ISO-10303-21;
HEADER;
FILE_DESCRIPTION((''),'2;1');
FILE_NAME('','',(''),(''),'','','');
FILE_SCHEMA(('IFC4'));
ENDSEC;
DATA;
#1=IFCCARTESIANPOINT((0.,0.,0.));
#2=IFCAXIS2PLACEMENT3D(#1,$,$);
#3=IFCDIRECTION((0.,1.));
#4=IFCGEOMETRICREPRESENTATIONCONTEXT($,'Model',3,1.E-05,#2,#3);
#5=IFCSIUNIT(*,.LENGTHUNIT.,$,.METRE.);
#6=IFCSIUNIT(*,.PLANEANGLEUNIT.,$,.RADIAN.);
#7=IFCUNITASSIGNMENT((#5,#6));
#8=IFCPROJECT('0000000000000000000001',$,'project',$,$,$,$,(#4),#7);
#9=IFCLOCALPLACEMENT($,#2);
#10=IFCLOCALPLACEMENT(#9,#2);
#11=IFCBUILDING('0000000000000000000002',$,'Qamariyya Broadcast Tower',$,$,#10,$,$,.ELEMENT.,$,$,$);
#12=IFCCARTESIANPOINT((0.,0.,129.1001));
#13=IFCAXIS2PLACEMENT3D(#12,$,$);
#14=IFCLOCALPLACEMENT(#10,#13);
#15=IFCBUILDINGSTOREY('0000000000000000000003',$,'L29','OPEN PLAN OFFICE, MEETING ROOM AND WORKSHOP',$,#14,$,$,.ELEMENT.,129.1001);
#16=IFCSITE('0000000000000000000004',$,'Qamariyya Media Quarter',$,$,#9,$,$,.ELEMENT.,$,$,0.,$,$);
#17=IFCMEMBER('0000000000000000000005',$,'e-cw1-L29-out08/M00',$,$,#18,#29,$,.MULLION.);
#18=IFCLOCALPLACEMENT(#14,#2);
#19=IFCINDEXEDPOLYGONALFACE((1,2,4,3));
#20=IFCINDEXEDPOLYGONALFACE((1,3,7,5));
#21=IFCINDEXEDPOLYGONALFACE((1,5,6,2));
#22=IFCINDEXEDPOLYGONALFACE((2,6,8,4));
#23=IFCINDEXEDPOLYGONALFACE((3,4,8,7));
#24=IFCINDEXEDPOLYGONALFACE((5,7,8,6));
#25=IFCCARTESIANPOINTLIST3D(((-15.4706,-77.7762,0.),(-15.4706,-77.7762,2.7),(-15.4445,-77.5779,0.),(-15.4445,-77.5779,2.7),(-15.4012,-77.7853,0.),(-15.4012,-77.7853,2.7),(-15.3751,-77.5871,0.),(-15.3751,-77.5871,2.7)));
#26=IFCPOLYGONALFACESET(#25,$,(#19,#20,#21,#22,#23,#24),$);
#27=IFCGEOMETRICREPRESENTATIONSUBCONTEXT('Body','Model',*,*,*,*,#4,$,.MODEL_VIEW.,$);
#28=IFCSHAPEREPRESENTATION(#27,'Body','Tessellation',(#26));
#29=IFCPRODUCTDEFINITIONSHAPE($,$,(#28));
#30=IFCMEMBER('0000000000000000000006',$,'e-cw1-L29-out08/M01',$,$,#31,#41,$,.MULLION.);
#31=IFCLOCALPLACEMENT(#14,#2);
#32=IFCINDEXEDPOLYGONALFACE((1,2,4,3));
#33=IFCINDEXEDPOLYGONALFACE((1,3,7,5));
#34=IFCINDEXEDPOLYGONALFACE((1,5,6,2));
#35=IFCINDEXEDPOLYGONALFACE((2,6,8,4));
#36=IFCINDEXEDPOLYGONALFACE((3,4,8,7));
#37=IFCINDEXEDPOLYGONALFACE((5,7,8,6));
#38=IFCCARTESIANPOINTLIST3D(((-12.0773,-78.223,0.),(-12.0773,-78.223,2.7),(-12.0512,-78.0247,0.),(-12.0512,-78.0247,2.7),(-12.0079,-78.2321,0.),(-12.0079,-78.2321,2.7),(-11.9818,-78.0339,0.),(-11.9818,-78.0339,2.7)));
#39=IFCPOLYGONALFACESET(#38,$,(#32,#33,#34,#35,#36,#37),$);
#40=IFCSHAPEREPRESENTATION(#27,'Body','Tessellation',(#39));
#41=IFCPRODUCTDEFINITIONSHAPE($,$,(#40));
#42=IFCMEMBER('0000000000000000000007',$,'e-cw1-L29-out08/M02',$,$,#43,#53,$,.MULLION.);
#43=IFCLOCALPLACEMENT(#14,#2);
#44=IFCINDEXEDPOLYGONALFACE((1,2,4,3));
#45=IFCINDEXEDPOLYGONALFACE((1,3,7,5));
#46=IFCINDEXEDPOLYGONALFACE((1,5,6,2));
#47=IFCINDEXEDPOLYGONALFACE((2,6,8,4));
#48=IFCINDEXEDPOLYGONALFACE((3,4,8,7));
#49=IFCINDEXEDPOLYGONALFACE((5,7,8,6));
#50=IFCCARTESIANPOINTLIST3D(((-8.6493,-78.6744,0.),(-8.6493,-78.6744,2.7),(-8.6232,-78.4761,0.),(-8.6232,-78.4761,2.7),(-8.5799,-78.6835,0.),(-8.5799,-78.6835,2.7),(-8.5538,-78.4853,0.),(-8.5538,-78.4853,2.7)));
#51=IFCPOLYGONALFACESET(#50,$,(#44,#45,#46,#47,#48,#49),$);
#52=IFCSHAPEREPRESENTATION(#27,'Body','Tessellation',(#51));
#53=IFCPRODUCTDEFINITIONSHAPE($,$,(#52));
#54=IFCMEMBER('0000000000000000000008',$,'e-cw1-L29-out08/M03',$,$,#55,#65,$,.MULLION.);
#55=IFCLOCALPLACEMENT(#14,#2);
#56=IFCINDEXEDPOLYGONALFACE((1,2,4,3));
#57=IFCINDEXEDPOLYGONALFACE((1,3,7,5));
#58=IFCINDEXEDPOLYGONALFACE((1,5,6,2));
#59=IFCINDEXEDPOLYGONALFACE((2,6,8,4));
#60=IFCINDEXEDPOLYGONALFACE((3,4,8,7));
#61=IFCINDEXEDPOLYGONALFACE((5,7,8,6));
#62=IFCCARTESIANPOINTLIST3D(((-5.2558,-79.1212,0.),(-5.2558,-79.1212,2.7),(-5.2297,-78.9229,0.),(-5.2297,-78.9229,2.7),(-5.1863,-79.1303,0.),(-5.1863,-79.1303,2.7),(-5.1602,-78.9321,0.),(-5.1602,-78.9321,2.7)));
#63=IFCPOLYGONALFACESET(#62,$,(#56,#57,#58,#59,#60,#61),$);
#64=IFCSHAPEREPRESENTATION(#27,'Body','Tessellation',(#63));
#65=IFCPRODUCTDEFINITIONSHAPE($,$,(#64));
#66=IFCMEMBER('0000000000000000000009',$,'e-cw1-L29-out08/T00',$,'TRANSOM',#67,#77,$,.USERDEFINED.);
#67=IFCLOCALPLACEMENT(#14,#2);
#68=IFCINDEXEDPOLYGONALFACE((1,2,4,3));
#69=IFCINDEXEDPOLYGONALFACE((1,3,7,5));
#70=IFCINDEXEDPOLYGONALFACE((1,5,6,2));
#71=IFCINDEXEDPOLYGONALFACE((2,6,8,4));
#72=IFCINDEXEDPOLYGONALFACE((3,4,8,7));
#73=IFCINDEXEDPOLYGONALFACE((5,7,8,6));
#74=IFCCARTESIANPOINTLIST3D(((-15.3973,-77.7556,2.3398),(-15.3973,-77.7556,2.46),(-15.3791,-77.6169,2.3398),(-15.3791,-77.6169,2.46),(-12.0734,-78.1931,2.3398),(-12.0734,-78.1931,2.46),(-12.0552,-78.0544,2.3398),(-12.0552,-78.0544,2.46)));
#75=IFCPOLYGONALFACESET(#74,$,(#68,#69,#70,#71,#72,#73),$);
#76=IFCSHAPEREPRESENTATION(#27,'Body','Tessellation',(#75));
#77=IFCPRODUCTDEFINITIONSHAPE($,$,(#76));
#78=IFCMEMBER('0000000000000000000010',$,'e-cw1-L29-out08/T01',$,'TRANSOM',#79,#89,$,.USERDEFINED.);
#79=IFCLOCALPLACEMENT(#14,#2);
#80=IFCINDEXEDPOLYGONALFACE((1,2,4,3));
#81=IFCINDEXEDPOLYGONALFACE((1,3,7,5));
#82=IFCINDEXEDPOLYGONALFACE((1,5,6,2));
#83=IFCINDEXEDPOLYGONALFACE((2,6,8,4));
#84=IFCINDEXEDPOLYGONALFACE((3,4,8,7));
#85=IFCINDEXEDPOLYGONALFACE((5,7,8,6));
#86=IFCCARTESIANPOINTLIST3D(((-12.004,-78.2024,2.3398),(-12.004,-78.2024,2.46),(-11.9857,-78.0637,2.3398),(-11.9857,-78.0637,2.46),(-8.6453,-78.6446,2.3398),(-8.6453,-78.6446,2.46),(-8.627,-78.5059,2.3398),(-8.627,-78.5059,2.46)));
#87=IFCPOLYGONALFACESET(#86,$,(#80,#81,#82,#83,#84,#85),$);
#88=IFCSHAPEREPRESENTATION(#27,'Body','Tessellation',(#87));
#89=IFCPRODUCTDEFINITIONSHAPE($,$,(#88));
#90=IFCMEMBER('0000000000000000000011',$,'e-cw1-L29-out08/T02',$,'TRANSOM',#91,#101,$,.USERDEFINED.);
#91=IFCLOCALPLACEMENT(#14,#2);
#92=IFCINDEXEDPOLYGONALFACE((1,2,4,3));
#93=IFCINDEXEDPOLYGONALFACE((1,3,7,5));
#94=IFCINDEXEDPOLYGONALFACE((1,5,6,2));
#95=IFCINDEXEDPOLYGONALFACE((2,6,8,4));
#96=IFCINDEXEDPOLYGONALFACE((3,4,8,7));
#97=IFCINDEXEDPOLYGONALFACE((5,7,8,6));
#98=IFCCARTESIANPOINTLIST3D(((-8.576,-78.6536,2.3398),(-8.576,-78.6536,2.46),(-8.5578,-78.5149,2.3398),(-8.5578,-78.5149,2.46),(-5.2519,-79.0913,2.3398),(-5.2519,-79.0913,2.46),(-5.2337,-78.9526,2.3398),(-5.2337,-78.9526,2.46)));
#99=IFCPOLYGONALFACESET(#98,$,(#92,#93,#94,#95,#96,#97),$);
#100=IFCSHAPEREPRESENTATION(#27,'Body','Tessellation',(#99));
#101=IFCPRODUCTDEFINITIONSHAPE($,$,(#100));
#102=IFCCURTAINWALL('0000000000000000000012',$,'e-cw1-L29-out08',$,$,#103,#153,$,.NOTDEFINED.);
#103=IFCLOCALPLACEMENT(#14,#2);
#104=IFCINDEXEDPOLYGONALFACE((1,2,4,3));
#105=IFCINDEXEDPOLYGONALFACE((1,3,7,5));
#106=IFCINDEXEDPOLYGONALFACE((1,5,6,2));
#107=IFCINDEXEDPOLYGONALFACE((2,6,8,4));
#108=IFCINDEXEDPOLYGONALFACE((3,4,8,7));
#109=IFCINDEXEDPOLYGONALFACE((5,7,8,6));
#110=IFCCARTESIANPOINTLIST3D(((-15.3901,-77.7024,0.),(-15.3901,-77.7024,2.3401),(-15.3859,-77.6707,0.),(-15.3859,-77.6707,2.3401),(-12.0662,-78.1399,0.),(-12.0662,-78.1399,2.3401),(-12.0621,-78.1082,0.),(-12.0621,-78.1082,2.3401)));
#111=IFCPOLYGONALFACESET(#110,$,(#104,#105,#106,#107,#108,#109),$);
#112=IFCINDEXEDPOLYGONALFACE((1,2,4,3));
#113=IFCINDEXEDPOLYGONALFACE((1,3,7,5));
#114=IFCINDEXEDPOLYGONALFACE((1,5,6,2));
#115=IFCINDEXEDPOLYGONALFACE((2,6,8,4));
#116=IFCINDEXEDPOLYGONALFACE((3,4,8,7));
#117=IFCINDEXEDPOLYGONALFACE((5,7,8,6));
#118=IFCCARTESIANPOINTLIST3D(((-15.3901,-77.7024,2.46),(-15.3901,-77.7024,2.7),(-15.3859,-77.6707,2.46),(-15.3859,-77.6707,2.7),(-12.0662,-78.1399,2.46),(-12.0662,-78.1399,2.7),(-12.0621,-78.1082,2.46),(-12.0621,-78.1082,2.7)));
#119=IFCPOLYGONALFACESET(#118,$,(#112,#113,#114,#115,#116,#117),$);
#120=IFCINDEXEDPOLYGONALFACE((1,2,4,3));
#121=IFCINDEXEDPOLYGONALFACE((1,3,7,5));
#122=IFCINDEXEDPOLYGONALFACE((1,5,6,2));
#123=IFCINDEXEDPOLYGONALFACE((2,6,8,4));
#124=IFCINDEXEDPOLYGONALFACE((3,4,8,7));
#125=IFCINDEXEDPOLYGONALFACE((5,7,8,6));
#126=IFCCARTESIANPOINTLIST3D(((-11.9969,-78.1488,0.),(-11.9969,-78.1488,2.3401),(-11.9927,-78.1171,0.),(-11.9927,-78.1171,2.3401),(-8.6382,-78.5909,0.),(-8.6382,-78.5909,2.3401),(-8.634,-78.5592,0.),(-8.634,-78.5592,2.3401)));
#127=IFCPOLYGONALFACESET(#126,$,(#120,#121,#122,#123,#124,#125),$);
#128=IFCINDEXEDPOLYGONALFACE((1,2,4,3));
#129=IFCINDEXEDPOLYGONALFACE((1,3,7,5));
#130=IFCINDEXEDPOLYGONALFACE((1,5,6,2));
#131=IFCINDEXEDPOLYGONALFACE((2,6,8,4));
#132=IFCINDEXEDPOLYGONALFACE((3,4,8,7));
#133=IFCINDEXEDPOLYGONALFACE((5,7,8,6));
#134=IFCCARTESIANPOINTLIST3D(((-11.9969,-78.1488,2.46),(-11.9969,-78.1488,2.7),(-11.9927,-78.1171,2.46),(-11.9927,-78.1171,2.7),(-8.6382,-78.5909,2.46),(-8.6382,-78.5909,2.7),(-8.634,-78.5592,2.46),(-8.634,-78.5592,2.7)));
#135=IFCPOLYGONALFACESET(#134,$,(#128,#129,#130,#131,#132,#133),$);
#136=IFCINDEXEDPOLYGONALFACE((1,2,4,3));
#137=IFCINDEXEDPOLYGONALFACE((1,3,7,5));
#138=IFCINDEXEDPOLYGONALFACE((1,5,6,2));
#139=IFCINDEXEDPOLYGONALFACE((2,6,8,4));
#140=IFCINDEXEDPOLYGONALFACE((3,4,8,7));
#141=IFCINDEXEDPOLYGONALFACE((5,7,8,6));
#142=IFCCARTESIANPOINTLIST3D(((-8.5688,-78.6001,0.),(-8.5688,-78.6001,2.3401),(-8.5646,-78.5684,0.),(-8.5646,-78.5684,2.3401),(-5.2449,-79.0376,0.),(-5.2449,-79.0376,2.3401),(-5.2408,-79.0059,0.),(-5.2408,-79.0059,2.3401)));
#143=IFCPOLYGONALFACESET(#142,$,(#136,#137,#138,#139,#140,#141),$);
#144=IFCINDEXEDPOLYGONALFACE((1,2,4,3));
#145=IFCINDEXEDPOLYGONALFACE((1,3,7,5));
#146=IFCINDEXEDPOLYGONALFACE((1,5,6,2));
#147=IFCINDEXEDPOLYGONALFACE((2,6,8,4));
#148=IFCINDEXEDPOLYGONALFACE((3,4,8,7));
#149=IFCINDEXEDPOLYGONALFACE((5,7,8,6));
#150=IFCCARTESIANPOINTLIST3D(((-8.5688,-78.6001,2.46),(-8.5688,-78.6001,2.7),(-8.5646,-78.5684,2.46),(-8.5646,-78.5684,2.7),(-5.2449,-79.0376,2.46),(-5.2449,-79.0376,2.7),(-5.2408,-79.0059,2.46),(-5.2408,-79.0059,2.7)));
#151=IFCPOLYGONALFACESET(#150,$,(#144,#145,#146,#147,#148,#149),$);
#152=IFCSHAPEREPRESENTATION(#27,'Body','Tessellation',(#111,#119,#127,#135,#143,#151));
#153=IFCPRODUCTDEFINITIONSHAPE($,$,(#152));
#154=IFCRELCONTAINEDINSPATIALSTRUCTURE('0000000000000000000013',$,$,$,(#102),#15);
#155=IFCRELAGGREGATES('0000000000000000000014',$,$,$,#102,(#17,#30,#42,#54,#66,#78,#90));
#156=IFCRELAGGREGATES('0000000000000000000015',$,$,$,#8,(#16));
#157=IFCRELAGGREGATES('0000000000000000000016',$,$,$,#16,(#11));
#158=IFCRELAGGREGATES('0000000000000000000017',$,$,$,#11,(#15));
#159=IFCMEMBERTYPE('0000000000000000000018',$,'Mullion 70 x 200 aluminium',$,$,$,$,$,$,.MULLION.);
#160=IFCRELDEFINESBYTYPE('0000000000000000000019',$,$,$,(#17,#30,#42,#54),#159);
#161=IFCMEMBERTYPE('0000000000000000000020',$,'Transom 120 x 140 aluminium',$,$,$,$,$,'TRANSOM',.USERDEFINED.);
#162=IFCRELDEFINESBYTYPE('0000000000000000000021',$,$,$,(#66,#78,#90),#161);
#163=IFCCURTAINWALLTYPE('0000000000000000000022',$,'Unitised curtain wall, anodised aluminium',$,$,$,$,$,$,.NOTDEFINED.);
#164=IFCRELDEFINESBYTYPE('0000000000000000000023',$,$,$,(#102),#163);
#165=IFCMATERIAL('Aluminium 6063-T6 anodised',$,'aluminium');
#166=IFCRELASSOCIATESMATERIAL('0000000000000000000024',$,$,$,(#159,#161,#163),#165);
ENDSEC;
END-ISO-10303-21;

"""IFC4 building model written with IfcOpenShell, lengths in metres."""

from ifc_helpers import new_model, si_unit, direction, frame, origin, origin_2d, place, context, subcontext, project, spatial, rectangle, extrude, material, material_profile, profile_set, type_object, element, aggregate, save


model = new_model("IFC4")

# Units and contexts
model_context = context("Model", 3, precision=1e-05, world=origin(), true_north=direction((0.0, 1.0)))
body_context = subcontext(model_context, "Body", "Model", "MODEL_VIEW")
ifc_project = project(units=[si_unit("LENGTHUNIT", "METRE"), si_unit("PLANEANGLEUNIT", "RADIAN")], contexts=[model_context])

# Members
ifc_material = material(Name="Aluminium 6063-T6 anodised", Category="aluminium")
ifc_material_profile_1 = material_profile(ifc_material, rectangle(XDim=0.2, YDim=0.0701, at=origin_2d()))
ifc_profile_set_1 = profile_set([ifc_material_profile_1], Name="Aluminium 6063-T6 anodised")
member_type_1 = type_object("IfcMemberType", Name="Mullion 70 x 200 aluminium", PredefinedType="MULLION", material=ifc_profile_set_1)
site_placement = place(None, origin())
building_placement = place(site_placement, origin())
storey_placement = place(building_placement, frame((0.0, 0.0, 129.1001)))
member_1_placement = place(storey_placement, frame((-15.4229, -77.6816, 0.0), z_axis=(0.0, 0.0, 1.0), x_axis=(0.130526, 0.991445, 0.0)))
member_1 = element("IfcMember", 1, at=member_1_placement, type_object=member_type_1, Name="e-cw1-L29-out08/M00", PredefinedType="MULLION", context=body_context, shape_type="SweptSolid", body=[
    extrude(rectangle(XDim=0.2, YDim=0.0701, at=origin_2d()), origin(), (0.0, 0.0, 1.0), 2.7),
])
member_2_placement = place(storey_placement, frame((-12.0295, -78.1284, 0.0), z_axis=(0.0, 0.0, 1.0), x_axis=(0.130526, 0.991445, 0.0)))
member_2 = element("IfcMember", 2, at=member_2_placement, type_object=member_type_1, Name="e-cw1-L29-out08/M01", PredefinedType="MULLION", context=body_context, shape_type="SweptSolid", body=[
    extrude(rectangle(XDim=0.2, YDim=0.0701, at=origin_2d()), origin(), (0.0, 0.0, 1.0), 2.7),
])
member_3_placement = place(storey_placement, frame((-8.6016, -78.5798, 0.0), z_axis=(0.0, 0.0, 1.0), x_axis=(0.130526, 0.991445, 0.0)))
member_3 = element("IfcMember", 3, at=member_3_placement, type_object=member_type_1, Name="e-cw1-L29-out08/M02", PredefinedType="MULLION", context=body_context, shape_type="SweptSolid", body=[
    extrude(rectangle(XDim=0.2, YDim=0.0701, at=origin_2d()), origin(), (0.0, 0.0, 1.0), 2.7),
])
member_4_placement = place(storey_placement, frame((-5.208, -79.0266, 0.0), z_axis=(0.0, 0.0, 1.0), x_axis=(0.130526, 0.991445, 0.0)))
member_4 = element("IfcMember", 4, at=member_4_placement, type_object=member_type_1, Name="e-cw1-L29-out08/M03", PredefinedType="MULLION", context=body_context, shape_type="SweptSolid", body=[
    extrude(rectangle(XDim=0.2, YDim=0.0701, at=origin_2d()), origin(), (0.0, 0.0, 1.0), 2.7),
])
ifc_material_profile_2 = material_profile(ifc_material, rectangle(XDim=0.1399, YDim=0.1201, at=origin_2d()))
ifc_profile_set_2 = profile_set([ifc_material_profile_2], Name="Aluminium 6063-T6 anodised")
member_type_2 = type_object("IfcMemberType", Name="Transom 120 x 140 aluminium", ElementType="TRANSOM", PredefinedType="USERDEFINED", material=ifc_profile_set_2)
member_5_placement = place(storey_placement, frame((-15.3882, -77.6863, 2.3999), z_axis=(0.991449, -0.130494, 0.0), x_axis=(0.130494, 0.991449, 0.0)))
member_5 = element("IfcMember", 5, at=member_5_placement, type_object=member_type_2, Name="e-cw1-L29-out08/T00", ObjectType="TRANSOM", PredefinedType="USERDEFINED", context=body_context, shape_type="SweptSolid", body=[
    extrude(rectangle(XDim=0.1399, YDim=0.1201, at=origin_2d()), origin(), (0.0, 0.0, 1.0), 3.3525),
])
member_6_placement = place(storey_placement, frame((-11.9949, -78.1331, 2.3999), z_axis=(0.991446, -0.130516, 0.0), x_axis=(0.130516, 0.991446, 0.0)))
member_6 = element("IfcMember", 6, at=member_6_placement, type_object=member_type_2, Name="e-cw1-L29-out08/T01", ObjectType="TRANSOM", PredefinedType="USERDEFINED", context=body_context, shape_type="SweptSolid", body=[
    extrude(rectangle(XDim=0.1399, YDim=0.1201, at=origin_2d()), origin(), (0.0, 0.0, 1.0), 3.3877),
])
member_7_placement = place(storey_placement, frame((-8.5669, -78.5842, 2.3999), z_axis=(0.99144, -0.130566, 0.0), x_axis=(0.130566, 0.99144, 0.0)))
member_7 = element("IfcMember", 7, at=member_7_placement, type_object=member_type_2, Name="e-cw1-L29-out08/T02", ObjectType="TRANSOM", PredefinedType="USERDEFINED", context=body_context, shape_type="SweptSolid", body=[
    extrude(rectangle(XDim=0.1399, YDim=0.1201, at=origin_2d()), origin(), (0.0, 0.0, 1.0), 3.3528),
])

# Site, building, storey
site = spatial("IfcSite", under=ifc_project, at=site_placement, Name="Qamariyya Media Quarter", CompositionType="ELEMENT", RefElevation=0.0)
building = spatial("IfcBuilding", under=site, at=building_placement, Name="Qamariyya Broadcast Tower", CompositionType="ELEMENT")
storey = spatial("IfcBuildingStorey", under=building, at=storey_placement, Name="L29", Description="OPEN PLAN OFFICE, MEETING ROOM AND WORKSHOP", CompositionType="ELEMENT", Elevation=129.1001)

# Curtain wall
curtain_wall_type = type_object("IfcCurtainWallType", Name="Unitised curtain wall, anodised aluminium", PredefinedType="NOTDEFINED", material=ifc_material)
curtain_wall_1_placement = place(storey_placement, origin())
curtain_wall_1 = element("IfcCurtainWall", 8, at=curtain_wall_1_placement, inside=storey, type_object=curtain_wall_type, Name="e-cw1-L29-out08", PredefinedType="NOTDEFINED", context=body_context, shape_type="SweptSolid", body=[
    extrude(rectangle(XDim=3.3525, YDim=0.032, at=origin_2d()), frame((-13.7261, -77.9053, 0.0), x_axis=(0.991447, -0.130509, 0.0)), (0.0, 0.0, 1.0), 2.3401),
    extrude(rectangle(XDim=3.3525, YDim=0.032, at=origin_2d()), frame((-13.7261, -77.9053, 2.46), x_axis=(0.991447, -0.130509, 0.0)), (0.0, 0.0, 1.0), 0.24),
    extrude(rectangle(XDim=3.3877, YDim=0.032, at=origin_2d()), frame((-10.3154, -78.354, 0.0), x_axis=(0.991447, -0.130509, 0.0)), (0.0, 0.0, 1.0), 2.3401),
    extrude(rectangle(XDim=3.3877, YDim=0.032, at=origin_2d()), frame((-10.3154, -78.354, 2.46), x_axis=(0.991447, -0.130509, 0.0)), (0.0, 0.0, 1.0), 0.24),
    extrude(rectangle(XDim=3.3525, YDim=0.032, at=origin_2d()), frame((-6.9048, -78.803, 0.0), x_axis=(0.991447, -0.130509, 0.0)), (0.0, 0.0, 1.0), 2.3401),
    extrude(rectangle(XDim=3.3525, YDim=0.032, at=origin_2d()), frame((-6.9048, -78.803, 2.46), x_axis=(0.991447, -0.130509, 0.0)), (0.0, 0.0, 1.0), 0.24),
])
aggregate(curtain_wall_1, [member_1, member_2, member_3, member_4, member_5, member_6, member_7])

save(model, "model.ifc")
